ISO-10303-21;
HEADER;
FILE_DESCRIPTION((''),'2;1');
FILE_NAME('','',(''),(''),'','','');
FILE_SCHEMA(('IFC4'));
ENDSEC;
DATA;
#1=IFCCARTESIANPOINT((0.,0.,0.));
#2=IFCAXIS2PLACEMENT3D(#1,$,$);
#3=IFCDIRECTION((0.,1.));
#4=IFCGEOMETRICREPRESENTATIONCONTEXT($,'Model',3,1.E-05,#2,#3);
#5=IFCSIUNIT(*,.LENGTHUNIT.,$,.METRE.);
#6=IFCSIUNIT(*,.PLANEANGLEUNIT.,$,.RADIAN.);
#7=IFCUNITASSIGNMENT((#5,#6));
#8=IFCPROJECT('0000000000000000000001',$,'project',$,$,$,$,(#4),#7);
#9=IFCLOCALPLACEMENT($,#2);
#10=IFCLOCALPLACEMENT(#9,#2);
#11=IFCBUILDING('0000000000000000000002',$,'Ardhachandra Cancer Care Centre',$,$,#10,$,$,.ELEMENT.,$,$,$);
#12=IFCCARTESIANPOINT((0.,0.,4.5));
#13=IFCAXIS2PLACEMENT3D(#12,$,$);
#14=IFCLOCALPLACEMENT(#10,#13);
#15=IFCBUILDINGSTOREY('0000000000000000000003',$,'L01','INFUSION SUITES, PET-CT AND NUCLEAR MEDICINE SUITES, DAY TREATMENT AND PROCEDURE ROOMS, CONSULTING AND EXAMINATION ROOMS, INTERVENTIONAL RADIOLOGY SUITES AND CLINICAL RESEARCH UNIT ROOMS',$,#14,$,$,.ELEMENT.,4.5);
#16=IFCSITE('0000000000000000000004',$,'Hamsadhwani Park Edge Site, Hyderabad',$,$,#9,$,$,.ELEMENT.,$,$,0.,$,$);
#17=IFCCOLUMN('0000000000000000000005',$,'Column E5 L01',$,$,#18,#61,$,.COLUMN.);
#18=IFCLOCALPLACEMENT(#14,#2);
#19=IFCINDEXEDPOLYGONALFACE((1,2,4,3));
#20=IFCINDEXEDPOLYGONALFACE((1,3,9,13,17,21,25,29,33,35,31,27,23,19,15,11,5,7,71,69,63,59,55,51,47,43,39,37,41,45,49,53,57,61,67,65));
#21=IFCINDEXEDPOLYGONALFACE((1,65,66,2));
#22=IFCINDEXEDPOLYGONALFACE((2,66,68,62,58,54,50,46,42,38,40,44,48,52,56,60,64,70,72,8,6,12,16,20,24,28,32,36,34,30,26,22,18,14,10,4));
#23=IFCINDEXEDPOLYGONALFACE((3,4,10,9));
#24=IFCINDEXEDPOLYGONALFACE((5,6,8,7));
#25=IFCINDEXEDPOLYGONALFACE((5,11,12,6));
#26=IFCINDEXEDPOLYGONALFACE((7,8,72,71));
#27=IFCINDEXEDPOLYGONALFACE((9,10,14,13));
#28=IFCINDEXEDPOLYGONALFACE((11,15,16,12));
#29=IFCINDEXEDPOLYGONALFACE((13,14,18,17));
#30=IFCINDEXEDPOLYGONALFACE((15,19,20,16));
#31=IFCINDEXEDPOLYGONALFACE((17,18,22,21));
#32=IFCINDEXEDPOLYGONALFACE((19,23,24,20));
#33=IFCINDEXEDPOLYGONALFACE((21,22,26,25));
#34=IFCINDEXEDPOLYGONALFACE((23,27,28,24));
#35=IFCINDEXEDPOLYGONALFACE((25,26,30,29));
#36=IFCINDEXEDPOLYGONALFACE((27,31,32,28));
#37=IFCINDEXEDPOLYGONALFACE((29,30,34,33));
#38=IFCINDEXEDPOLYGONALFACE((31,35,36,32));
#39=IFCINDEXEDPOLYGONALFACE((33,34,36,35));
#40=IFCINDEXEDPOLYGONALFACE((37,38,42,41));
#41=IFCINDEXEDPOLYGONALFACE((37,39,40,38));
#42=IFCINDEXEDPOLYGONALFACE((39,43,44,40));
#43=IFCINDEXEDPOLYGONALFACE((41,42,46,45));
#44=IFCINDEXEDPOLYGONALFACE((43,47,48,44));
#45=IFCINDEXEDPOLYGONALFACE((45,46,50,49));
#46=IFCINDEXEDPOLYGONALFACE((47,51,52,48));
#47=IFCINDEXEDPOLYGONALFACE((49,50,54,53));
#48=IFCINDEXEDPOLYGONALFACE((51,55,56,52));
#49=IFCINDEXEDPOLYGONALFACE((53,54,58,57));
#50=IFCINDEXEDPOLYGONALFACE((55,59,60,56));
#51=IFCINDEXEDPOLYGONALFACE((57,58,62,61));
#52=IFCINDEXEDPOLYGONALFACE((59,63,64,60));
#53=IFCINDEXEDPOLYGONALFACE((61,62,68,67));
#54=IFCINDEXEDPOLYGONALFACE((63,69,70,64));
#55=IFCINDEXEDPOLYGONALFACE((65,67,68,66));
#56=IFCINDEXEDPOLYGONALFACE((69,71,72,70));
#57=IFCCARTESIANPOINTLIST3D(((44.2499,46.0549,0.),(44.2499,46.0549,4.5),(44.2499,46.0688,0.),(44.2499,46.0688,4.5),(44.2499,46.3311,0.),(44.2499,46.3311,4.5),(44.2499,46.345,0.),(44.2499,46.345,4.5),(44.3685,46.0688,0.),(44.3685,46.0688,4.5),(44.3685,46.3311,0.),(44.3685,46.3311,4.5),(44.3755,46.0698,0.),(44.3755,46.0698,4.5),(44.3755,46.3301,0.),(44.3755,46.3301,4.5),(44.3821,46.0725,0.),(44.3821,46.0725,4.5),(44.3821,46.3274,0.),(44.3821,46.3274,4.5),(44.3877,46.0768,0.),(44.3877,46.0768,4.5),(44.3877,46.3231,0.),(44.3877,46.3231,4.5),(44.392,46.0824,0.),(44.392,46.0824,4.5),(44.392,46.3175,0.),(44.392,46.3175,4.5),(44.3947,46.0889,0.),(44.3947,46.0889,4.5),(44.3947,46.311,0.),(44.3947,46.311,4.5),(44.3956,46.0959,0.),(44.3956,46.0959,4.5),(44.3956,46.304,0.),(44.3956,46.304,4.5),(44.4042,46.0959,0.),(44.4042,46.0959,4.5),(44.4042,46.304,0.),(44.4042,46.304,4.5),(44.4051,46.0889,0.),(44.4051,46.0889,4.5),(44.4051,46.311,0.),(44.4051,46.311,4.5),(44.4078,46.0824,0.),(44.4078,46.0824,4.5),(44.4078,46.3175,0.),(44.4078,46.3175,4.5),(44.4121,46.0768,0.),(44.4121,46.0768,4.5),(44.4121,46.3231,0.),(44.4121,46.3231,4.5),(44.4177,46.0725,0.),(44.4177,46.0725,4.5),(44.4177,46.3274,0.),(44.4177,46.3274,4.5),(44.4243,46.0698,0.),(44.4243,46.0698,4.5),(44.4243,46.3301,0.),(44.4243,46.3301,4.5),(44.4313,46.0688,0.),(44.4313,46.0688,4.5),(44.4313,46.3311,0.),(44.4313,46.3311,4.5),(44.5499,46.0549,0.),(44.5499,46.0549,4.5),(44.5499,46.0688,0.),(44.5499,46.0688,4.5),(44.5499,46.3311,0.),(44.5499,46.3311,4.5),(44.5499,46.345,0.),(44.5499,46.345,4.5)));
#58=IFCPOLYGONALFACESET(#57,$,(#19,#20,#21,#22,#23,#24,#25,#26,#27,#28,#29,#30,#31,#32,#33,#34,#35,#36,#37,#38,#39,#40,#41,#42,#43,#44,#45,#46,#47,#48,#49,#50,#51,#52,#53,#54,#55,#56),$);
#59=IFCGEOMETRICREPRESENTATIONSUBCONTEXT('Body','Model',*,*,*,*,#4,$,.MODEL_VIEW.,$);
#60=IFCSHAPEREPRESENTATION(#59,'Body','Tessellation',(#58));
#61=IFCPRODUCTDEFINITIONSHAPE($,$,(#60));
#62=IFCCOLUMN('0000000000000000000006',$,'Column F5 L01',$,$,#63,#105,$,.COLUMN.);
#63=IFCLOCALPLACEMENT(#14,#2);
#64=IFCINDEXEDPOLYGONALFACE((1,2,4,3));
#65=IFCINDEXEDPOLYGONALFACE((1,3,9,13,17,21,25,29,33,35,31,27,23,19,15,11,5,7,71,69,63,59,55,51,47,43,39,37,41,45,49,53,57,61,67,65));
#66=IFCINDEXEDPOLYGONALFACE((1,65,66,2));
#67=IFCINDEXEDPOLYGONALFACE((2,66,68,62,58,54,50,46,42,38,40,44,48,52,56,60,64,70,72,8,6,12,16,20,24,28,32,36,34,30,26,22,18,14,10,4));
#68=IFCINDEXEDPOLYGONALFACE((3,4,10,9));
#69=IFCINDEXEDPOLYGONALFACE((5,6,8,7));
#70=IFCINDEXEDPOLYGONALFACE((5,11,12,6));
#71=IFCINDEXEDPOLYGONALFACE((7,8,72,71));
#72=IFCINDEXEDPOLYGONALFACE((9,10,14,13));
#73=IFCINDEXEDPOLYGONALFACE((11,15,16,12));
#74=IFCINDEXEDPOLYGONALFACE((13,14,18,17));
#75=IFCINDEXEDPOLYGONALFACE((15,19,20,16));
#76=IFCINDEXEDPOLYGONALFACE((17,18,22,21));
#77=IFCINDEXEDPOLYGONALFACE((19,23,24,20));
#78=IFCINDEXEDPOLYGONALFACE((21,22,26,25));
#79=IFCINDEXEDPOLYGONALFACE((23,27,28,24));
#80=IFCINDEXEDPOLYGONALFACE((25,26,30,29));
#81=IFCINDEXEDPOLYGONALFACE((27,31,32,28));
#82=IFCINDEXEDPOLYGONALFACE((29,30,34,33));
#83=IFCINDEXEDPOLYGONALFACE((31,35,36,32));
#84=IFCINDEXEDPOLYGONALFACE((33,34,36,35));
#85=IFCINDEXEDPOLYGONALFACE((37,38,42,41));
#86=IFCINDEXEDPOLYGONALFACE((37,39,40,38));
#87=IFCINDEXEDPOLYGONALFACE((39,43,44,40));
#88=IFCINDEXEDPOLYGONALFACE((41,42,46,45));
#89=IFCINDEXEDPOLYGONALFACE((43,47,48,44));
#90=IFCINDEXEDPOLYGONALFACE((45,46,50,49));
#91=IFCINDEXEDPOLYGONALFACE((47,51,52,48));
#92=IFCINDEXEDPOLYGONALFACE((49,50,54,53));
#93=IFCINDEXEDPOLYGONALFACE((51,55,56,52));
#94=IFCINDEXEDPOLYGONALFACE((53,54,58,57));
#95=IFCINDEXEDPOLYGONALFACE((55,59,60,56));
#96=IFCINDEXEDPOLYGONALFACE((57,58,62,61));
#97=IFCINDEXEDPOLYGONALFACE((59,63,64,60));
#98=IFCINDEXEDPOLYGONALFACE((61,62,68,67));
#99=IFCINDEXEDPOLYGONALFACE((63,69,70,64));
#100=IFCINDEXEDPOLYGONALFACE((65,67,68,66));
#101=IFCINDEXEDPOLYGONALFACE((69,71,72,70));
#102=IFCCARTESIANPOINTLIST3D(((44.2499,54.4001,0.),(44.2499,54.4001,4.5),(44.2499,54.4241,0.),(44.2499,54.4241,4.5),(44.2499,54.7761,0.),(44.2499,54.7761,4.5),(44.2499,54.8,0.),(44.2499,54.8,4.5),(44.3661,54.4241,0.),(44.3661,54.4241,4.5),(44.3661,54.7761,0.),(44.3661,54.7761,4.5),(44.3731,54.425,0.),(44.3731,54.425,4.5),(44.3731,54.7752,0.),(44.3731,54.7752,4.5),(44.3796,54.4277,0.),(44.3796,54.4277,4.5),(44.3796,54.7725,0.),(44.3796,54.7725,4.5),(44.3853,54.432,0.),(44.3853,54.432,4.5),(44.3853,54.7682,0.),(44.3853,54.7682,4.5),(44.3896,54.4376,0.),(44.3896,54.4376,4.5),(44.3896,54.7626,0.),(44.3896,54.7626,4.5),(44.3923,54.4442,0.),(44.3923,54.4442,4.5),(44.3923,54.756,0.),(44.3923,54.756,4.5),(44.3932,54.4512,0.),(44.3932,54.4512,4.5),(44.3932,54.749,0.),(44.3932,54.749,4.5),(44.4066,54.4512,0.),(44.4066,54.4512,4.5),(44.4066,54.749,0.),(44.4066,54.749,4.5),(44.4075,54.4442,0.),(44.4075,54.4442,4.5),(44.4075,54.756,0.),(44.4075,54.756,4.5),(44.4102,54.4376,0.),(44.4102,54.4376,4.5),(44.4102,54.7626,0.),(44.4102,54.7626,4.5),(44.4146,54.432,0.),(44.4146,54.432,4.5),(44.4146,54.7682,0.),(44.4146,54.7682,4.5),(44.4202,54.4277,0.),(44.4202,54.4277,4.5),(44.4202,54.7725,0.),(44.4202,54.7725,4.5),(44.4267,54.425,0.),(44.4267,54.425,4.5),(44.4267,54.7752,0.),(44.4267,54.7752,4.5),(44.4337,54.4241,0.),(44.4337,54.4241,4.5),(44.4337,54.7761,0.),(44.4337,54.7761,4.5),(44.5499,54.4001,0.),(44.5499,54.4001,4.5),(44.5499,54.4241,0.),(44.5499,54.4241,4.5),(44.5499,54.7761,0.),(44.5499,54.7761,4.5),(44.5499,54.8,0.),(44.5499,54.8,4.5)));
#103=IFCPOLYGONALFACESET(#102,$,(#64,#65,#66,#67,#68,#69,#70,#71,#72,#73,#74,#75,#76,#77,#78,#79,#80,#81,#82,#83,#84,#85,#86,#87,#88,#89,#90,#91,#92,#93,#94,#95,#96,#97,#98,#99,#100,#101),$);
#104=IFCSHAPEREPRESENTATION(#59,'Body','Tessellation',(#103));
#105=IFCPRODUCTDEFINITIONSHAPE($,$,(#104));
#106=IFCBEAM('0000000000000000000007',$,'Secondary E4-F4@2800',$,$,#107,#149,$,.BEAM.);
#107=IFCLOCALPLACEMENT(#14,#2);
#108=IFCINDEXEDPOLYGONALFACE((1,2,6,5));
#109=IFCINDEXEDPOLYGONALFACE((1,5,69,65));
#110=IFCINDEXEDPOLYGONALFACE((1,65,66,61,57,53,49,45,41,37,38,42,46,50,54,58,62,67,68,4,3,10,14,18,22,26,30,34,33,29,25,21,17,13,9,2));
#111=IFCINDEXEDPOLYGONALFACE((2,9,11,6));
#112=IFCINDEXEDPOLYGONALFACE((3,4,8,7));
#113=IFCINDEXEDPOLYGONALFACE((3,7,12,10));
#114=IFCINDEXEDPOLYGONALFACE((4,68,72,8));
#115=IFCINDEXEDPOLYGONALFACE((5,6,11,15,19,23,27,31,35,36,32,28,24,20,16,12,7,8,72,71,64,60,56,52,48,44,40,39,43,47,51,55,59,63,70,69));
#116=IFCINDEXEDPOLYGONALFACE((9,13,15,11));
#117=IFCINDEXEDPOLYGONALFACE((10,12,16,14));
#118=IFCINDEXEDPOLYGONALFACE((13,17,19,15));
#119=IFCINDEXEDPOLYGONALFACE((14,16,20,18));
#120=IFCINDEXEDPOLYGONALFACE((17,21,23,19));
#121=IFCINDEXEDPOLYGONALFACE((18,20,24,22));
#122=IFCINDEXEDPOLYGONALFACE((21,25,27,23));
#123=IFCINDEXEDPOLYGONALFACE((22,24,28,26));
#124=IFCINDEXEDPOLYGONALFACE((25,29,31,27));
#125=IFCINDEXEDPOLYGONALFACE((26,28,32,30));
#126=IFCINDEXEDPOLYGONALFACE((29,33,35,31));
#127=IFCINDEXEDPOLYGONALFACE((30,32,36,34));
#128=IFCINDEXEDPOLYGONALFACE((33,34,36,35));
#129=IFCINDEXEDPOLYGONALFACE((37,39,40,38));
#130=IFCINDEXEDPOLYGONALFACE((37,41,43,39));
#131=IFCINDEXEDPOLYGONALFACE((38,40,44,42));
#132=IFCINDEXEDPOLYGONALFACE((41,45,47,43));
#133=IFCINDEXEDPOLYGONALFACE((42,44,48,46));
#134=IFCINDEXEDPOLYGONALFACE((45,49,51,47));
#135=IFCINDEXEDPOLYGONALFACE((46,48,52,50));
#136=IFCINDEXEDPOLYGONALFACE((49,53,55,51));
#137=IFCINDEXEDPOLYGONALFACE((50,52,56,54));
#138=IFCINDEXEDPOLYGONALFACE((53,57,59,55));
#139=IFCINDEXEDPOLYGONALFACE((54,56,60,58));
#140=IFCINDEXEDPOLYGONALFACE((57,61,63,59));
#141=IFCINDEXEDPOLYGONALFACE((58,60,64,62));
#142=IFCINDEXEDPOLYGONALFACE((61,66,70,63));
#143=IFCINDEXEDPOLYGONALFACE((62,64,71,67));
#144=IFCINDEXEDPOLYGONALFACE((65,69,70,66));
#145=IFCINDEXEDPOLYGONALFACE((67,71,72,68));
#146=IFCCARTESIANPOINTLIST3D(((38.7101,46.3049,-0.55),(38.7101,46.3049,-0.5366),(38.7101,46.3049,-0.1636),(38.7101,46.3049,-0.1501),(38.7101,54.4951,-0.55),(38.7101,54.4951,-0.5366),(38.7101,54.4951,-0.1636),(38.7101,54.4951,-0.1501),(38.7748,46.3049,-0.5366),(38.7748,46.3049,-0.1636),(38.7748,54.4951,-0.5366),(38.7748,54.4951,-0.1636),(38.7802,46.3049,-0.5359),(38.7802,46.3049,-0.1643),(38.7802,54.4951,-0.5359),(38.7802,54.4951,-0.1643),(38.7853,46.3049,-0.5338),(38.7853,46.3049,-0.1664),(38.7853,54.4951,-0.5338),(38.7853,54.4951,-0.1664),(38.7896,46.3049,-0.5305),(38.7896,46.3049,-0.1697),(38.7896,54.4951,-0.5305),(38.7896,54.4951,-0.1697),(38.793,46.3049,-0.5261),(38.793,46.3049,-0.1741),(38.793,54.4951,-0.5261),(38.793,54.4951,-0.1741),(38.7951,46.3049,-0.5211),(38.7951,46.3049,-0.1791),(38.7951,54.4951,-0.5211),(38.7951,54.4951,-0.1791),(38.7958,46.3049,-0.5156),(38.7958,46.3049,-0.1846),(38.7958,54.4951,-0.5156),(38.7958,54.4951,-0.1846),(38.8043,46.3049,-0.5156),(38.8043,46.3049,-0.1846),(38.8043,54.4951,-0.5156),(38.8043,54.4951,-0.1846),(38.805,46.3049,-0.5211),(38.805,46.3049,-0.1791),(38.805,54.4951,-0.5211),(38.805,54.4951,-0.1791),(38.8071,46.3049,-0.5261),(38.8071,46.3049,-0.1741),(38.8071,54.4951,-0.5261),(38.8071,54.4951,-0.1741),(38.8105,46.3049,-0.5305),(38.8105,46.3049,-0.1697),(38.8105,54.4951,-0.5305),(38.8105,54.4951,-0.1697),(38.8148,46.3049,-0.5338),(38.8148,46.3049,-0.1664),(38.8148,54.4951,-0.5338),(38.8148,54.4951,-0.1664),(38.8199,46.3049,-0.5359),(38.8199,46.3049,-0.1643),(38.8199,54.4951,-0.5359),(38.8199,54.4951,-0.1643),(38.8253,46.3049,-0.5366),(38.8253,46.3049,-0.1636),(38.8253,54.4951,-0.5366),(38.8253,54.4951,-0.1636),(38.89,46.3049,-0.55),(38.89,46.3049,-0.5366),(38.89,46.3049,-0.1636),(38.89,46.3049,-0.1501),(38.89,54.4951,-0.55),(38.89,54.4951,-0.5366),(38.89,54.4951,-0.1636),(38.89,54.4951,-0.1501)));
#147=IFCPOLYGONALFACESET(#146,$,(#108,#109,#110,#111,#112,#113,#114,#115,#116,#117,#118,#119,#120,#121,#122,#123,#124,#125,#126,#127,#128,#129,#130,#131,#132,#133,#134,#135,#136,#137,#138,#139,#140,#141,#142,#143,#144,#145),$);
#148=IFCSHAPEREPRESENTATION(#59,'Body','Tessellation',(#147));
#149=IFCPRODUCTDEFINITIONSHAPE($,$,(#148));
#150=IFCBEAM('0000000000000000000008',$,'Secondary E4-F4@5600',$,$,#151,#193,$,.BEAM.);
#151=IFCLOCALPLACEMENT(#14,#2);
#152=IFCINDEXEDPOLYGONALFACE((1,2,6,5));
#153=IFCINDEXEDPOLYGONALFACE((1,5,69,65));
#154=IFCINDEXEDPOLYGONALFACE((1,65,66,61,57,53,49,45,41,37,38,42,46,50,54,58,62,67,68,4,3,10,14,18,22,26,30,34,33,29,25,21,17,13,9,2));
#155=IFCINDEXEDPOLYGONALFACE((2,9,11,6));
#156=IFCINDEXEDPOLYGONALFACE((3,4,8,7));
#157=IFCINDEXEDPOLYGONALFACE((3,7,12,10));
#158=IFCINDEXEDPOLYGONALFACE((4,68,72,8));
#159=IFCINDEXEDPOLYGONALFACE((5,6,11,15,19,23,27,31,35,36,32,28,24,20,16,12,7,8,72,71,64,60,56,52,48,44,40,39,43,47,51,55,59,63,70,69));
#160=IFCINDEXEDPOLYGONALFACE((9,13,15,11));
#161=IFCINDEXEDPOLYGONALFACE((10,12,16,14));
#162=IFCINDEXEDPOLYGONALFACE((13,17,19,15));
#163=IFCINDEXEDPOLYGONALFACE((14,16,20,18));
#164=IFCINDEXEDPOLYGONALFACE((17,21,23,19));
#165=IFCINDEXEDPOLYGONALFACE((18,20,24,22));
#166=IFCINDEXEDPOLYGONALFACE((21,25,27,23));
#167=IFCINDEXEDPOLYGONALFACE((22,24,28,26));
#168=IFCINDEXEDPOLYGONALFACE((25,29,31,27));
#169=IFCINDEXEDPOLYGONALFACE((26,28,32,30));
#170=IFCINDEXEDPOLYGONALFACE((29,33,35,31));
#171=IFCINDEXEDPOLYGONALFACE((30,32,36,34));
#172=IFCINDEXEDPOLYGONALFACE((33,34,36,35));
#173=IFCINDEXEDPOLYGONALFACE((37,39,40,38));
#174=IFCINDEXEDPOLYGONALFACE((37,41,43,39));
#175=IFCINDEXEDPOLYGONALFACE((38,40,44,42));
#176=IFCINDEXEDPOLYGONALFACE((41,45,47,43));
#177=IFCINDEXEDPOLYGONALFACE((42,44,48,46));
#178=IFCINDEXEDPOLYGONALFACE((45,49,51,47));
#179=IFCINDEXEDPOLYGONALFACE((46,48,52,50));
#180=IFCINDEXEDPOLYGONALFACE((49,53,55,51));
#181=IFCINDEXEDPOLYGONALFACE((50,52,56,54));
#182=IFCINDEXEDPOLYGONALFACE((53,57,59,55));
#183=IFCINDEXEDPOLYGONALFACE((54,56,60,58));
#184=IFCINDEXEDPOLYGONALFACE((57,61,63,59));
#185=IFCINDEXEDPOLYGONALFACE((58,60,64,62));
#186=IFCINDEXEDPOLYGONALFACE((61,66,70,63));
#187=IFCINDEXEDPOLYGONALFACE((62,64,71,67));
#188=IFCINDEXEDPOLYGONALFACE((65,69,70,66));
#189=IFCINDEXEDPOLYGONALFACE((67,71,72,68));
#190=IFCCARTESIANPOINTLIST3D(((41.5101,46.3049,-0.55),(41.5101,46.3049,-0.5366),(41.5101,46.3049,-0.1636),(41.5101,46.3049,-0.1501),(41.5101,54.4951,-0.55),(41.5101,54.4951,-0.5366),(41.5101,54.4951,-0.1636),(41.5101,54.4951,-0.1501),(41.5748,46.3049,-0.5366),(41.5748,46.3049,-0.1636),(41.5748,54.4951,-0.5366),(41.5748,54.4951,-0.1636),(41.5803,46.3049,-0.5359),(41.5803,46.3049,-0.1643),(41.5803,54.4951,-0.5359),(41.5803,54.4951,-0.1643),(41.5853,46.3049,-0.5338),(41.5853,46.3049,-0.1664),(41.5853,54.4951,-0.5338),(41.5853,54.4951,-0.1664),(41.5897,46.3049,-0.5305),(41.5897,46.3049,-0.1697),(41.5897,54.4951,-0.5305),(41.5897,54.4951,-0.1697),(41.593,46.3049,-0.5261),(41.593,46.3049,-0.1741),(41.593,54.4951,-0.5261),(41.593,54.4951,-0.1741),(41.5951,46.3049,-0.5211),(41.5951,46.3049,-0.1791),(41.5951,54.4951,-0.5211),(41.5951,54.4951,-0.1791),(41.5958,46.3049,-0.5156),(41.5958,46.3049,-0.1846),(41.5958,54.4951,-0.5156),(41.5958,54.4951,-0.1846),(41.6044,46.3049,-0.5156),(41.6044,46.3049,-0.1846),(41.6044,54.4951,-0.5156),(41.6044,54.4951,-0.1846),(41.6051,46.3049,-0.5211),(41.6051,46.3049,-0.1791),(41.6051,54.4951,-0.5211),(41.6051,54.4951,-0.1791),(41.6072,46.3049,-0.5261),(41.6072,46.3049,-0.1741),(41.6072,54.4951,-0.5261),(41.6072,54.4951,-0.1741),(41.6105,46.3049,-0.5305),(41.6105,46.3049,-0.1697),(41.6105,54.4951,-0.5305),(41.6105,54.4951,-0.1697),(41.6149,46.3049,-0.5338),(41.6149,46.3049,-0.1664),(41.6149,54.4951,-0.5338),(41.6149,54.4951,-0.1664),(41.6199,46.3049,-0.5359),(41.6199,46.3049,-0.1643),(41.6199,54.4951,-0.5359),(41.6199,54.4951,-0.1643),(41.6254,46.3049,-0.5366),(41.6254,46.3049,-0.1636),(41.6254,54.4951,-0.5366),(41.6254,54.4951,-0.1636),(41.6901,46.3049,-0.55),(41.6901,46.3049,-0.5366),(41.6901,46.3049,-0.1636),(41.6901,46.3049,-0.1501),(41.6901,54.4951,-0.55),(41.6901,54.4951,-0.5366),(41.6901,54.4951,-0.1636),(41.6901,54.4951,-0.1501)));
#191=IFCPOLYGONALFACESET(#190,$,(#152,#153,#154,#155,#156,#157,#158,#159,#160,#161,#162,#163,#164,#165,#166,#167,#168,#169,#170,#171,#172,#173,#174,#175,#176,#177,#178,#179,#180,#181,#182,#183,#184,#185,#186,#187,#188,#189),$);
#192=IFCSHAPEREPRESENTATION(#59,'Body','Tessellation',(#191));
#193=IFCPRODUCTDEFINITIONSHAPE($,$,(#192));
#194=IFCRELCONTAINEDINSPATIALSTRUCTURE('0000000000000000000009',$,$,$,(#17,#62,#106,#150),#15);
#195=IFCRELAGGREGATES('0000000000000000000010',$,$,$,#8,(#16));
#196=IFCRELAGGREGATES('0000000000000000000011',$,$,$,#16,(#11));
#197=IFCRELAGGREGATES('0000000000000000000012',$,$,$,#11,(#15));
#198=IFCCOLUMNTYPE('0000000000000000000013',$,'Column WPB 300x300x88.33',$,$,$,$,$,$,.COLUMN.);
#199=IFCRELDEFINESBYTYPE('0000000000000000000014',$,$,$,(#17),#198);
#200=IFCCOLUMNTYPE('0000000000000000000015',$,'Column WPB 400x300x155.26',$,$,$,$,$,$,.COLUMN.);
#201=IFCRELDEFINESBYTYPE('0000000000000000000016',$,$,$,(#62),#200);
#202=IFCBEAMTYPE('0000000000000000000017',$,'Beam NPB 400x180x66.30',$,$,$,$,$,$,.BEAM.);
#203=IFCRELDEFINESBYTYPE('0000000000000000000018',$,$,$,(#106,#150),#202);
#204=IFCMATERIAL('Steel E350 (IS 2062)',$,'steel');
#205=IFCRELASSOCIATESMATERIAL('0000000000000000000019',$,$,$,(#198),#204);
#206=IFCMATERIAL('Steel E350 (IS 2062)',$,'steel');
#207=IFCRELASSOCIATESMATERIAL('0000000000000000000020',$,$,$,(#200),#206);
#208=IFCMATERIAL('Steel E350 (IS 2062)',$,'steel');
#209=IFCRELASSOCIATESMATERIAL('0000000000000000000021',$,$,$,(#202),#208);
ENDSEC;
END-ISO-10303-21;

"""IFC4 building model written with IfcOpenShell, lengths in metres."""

from ifc_helpers import new_model, si_unit, direction, frame, origin, origin_2d, place, context, subcontext, project, spatial, i_section, extrude, material, material_profile, profile_set, type_object, element, save


model = new_model("IFC4")

# Units and contexts
model_context = context("Model", 3, precision=1e-05, world=origin(), true_north=direction((0.0, 1.0)))
body_context = subcontext(model_context, "Body", "Model", "MODEL_VIEW")
ifc_project = project(units=[si_unit("LENGTHUNIT", "METRE"), si_unit("PLANEANGLEUNIT", "RADIAN")], contexts=[model_context])

# Site, building, storey
site_placement = place(None, origin())
site = spatial("IfcSite", under=ifc_project, at=site_placement, Name="Hamsadhwani Park Edge Site, Hyderabad", CompositionType="ELEMENT", RefElevation=0.0)
building_placement = place(site_placement, origin())
building = spatial("IfcBuilding", under=site, at=building_placement, Name="Ardhachandra Cancer Care Centre", CompositionType="ELEMENT")
storey_placement = place(building_placement, frame((0.0, 0.0, 4.5)))
storey = spatial("IfcBuildingStorey", under=building, at=storey_placement, Name="L01", Description="INFUSION SUITES, PET-CT AND NUCLEAR MEDICINE SUITES, DAY TREATMENT AND PROCEDURE ROOMS, CONSULTING AND EXAMINATION ROOMS, INTERVENTIONAL RADIOLOGY SUITES AND CLINICAL RESEARCH UNIT ROOMS", CompositionType="ELEMENT", Elevation=4.5)

# Columns
ifc_material_1 = material(Name="Steel E350 (IS 2062)", Category="steel")
ifc_material_profile_1 = material_profile(ifc_material_1, i_section(OverallWidth=0.3, OverallDepth=0.29, WebThickness=0.0085, FlangeThickness=0.0139, FilletRadius=0.0271, at=origin_2d()), Name="WPB 300x300x88.33")
ifc_profile_set_1 = profile_set([ifc_material_profile_1], Name="Steel E350 (IS 2062)")
column_type_1 = type_object("IfcColumnType", Name="Column WPB 300x300x88.33", PredefinedType="COLUMN", material=ifc_profile_set_1)
column_1_placement = place(storey_placement, frame((44.3999, 46.2, 0.0), z_axis=(0.0, 0.0, 1.0), x_axis=(1.0, 0.0, 0.0)))
element("IfcColumn", 1, at=column_1_placement, inside=storey, type_object=column_type_1, Name="Column E5 L01", PredefinedType="COLUMN", context=body_context, shape_type="SweptSolid", body=[
    extrude(i_section(OverallWidth=0.3, OverallDepth=0.29, WebThickness=0.0085, FlangeThickness=0.0139, FilletRadius=0.0271, at=origin_2d()), origin(), (0.0, 0.0, 1.0), 4.5),
])
ifc_material_2 = material(Name="Steel E350 (IS 2062)", Category="steel")
ifc_material_profile_2 = material_profile(ifc_material_2, i_section(OverallWidth=0.3, OverallDepth=0.3999, WebThickness=0.0134, FlangeThickness=0.0239, FilletRadius=0.0271, at=origin_2d()), Name="WPB 400x300x155.26")
ifc_profile_set_2 = profile_set([ifc_material_profile_2], Name="Steel E350 (IS 2062)")
column_type_2 = type_object("IfcColumnType", Name="Column WPB 400x300x155.26", PredefinedType="COLUMN", material=ifc_profile_set_2)
column_2_placement = place(storey_placement, frame((44.3999, 54.6001, 0.0), z_axis=(0.0, 0.0, 1.0), x_axis=(1.0, 0.0, 0.0)))
element("IfcColumn", 2, at=column_2_placement, inside=storey, type_object=column_type_2, Name="Column F5 L01", PredefinedType="COLUMN", context=body_context, shape_type="SweptSolid", body=[
    extrude(i_section(OverallWidth=0.3, OverallDepth=0.3999, WebThickness=0.0134, FlangeThickness=0.0239, FilletRadius=0.0271, at=origin_2d()), origin(), (0.0, 0.0, 1.0), 4.5),
])

# Beams
ifc_material_3 = material(Name="Steel E350 (IS 2062)", Category="steel")
ifc_material_profile_3 = material_profile(ifc_material_3, i_section(OverallWidth=0.1799, OverallDepth=0.3999, WebThickness=0.0085, FlangeThickness=0.0134, FilletRadius=0.021, at=origin_2d()), Name="NPB 400x180x66.30")
ifc_profile_set_3 = profile_set([ifc_material_profile_3], Name="Steel E350 (IS 2062)")
beam_type_1 = type_object("IfcBeamType", Name="Beam NPB 400x180x66.30", PredefinedType="BEAM", material=ifc_profile_set_3)
for number, where, z_axis, x_axis, name in (
    (3, (38.8, 46.3049, -0.3501), (0.0, 1.0, 0.0), (-1.0, 0.0, 0.0), "Secondary E4-F4@2800"),
    (4, (41.6001, 46.3049, -0.3501), (0.0, 1.0, 0.0), (-1.0, 0.0, 0.0), "Secondary E4-F4@5600"),
):
    element("IfcBeam", number, at=place(storey_placement, frame(where, z_axis=z_axis, x_axis=x_axis)), inside=storey, type_object=beam_type_1, Name=name, PredefinedType="BEAM", context=body_context, shape_type="SweptSolid", body=[
        extrude(i_section(OverallWidth=0.1799, OverallDepth=0.3999, WebThickness=0.0085, FlangeThickness=0.0134, FilletRadius=0.021, at=origin_2d()), origin(), (0.0, 0.0, 1.0), 8.1902),
    ])

save(model, "model.ifc")
